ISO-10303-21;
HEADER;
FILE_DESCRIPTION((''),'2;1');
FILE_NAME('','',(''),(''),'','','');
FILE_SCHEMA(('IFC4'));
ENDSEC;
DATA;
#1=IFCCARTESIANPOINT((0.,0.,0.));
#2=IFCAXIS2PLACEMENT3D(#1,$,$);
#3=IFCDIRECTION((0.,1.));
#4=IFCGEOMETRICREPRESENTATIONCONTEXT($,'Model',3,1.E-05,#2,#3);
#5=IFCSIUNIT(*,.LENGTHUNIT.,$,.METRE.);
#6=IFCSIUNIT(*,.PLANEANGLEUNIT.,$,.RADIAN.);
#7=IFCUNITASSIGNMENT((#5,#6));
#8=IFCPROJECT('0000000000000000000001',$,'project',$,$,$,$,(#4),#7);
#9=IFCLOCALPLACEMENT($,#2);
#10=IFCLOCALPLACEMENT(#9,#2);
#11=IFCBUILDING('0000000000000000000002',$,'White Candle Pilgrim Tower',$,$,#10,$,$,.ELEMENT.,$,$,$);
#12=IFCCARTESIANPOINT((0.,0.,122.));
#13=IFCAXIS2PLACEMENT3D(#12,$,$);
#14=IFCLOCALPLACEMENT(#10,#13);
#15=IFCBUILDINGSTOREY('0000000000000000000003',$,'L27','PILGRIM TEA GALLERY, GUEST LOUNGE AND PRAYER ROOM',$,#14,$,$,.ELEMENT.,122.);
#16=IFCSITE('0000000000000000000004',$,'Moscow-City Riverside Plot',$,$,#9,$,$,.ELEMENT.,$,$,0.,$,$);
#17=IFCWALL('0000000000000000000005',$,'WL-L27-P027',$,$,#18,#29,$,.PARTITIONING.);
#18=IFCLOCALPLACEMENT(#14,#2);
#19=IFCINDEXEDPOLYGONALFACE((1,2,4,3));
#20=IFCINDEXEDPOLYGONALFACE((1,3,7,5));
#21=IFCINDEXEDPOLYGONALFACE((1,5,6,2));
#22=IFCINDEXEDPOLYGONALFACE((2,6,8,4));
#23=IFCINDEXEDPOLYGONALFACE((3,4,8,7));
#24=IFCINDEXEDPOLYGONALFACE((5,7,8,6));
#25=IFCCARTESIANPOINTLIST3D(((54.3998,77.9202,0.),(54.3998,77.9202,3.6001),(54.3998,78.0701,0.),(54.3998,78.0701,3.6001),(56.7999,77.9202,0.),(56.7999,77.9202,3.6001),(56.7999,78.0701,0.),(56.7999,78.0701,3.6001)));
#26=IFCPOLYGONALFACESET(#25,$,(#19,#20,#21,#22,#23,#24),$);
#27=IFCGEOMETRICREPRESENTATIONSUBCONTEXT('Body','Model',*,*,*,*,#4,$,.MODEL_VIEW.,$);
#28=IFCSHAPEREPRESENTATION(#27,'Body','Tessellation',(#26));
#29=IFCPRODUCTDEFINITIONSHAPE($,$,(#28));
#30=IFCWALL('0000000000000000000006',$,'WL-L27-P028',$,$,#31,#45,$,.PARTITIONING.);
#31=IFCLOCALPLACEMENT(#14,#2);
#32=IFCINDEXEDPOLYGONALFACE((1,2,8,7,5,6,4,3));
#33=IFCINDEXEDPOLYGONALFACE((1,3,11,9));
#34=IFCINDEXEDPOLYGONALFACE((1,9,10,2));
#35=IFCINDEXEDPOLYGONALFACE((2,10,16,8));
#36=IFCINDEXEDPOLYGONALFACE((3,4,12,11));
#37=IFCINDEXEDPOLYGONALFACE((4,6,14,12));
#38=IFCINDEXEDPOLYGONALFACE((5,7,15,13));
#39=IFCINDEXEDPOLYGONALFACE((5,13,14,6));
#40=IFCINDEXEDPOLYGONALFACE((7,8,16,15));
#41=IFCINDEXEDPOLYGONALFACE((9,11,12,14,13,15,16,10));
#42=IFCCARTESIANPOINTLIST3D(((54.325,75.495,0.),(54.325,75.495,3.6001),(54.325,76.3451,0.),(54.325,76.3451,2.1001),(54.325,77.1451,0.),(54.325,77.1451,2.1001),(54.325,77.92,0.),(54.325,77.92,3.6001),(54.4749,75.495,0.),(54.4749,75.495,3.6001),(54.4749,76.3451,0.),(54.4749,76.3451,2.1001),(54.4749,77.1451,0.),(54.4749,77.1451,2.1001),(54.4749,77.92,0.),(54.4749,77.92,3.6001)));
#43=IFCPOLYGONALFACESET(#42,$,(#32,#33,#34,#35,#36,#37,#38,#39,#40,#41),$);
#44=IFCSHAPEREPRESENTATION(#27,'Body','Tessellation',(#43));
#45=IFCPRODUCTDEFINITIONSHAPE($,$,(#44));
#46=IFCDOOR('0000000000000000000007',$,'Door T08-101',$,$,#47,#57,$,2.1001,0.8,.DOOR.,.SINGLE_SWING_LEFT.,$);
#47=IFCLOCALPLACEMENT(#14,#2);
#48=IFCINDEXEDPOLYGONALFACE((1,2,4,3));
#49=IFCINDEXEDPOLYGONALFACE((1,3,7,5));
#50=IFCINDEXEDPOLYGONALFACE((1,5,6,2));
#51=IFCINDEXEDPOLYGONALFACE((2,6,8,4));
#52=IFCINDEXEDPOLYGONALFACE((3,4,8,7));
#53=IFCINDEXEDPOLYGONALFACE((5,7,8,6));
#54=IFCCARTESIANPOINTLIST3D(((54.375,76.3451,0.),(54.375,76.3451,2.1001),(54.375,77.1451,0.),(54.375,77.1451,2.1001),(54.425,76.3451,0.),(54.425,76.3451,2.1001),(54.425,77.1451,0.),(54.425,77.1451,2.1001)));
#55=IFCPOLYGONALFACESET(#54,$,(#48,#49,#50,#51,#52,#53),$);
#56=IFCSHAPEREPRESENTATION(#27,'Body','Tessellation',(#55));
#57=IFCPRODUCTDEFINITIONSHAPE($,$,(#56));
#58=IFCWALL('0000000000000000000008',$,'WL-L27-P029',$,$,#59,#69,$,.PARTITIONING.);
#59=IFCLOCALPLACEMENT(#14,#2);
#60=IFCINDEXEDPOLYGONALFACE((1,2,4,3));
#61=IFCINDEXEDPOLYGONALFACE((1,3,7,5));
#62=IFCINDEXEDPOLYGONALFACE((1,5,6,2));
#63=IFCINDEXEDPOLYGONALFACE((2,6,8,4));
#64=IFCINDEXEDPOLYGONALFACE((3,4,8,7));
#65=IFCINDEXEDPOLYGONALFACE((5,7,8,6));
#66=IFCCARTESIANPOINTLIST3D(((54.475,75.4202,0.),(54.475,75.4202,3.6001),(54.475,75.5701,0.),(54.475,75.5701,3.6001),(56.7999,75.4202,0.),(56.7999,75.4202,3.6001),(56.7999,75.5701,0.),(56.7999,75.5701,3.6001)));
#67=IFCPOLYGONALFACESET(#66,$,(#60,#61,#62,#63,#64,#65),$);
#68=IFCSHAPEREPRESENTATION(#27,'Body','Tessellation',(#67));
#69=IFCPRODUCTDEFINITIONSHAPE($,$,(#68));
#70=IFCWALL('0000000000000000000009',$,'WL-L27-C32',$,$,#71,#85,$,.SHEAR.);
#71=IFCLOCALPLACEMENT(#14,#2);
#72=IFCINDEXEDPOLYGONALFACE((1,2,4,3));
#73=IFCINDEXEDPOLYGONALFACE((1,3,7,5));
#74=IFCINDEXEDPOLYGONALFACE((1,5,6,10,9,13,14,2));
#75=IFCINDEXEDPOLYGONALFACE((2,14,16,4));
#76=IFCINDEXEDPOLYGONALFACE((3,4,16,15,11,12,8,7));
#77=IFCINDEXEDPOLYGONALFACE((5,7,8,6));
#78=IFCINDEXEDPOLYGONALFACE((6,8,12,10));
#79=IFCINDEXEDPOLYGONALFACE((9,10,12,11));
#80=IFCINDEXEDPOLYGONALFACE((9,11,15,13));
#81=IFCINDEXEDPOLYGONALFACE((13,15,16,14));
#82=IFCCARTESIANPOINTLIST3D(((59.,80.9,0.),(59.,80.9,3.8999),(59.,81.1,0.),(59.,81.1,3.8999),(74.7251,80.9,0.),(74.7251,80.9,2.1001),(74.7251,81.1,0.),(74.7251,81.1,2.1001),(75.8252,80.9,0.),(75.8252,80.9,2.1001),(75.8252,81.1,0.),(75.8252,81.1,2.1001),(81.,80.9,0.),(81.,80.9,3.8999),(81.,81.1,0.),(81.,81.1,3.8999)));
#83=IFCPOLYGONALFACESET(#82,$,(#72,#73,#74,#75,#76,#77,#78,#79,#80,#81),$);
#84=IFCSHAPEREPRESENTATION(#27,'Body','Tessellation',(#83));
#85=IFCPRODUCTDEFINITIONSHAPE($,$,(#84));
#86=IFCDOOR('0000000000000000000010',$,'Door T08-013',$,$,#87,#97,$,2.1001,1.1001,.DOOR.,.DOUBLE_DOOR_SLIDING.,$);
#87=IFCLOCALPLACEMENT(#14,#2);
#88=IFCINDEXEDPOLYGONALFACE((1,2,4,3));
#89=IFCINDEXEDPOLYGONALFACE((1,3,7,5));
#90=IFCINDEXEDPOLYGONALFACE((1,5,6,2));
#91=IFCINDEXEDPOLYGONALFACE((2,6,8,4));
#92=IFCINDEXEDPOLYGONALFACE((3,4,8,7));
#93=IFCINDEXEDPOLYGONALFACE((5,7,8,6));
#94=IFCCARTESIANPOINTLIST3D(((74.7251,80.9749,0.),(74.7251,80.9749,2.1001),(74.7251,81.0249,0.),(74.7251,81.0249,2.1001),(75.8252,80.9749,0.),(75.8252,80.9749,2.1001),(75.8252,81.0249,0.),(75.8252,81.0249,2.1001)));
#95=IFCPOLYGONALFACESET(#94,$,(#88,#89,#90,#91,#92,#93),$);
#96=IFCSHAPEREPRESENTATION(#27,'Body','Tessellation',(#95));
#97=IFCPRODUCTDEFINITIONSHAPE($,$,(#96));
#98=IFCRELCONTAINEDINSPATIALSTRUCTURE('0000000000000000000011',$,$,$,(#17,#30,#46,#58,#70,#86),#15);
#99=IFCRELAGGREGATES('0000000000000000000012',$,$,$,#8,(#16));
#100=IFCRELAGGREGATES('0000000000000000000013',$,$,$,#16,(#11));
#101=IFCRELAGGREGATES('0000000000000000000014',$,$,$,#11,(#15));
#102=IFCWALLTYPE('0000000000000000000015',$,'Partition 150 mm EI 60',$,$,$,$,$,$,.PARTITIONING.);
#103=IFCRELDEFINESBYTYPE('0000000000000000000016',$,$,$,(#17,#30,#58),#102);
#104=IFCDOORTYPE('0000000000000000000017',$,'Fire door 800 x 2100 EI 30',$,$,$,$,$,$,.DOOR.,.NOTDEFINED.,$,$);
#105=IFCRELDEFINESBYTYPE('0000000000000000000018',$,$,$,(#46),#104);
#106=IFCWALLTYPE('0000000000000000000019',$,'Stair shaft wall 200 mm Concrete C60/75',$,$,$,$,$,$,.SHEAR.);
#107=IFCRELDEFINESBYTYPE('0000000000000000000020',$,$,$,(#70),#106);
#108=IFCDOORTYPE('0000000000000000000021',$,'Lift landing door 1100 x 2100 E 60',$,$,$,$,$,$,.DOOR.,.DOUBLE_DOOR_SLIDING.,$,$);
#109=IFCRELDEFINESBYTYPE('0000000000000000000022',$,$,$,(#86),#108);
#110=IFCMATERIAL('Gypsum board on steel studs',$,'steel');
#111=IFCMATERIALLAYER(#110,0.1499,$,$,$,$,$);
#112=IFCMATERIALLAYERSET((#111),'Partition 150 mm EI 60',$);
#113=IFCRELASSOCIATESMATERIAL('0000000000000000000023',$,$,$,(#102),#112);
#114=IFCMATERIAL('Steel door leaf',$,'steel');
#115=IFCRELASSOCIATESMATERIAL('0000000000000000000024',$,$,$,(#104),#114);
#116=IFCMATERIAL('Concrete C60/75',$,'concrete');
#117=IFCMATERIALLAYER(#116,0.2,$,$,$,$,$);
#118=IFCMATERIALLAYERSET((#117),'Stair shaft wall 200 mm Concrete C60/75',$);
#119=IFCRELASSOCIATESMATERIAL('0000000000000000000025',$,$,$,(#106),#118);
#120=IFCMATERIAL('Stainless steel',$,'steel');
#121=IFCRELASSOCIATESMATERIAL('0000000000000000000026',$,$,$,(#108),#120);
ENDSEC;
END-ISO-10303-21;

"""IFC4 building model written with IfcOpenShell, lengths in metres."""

from ifc_helpers import new_model, si_unit, direction, frame, frame_2d, origin, place, context, subcontext, project, spatial, rectangle, extrude, material, layer, layer_set, type_object, element, fill, save


model = new_model("IFC4")

# Units and contexts
model_context = context("Model", 3, precision=1e-05, world=origin(), true_north=direction((0.0, 1.0)))
body_context = subcontext(model_context, "Body", "Model", "MODEL_VIEW")
ifc_project = project(units=[si_unit("LENGTHUNIT", "METRE"), si_unit("PLANEANGLEUNIT", "RADIAN")], contexts=[model_context])

# Site, building, storey
site_placement = place(None, origin())
site = spatial("IfcSite", under=ifc_project, at=site_placement, Name="Moscow-City Riverside Plot", CompositionType="ELEMENT", RefElevation=0.0)
building_placement = place(site_placement, origin())
building = spatial("IfcBuilding", under=site, at=building_placement, Name="White Candle Pilgrim Tower", CompositionType="ELEMENT")
storey_placement = place(building_placement, frame((0.0, 0.0, 122.0)))
storey = spatial("IfcBuildingStorey", under=building, at=storey_placement, Name="L27", Description="PILGRIM TEA GALLERY, GUEST LOUNGE AND PRAYER ROOM", CompositionType="ELEMENT", Elevation=122.0)

# Shared definitions
ifc_material_1 = material(Name="Concrete C60/75", Category="concrete")

# Wall
ifc_material_2 = material(Name="Gypsum board on steel studs", Category="steel")
ifc_layer_1 = layer(ifc_material_2, 0.1499)
ifc_layer_set_1 = layer_set([ifc_layer_1], Name="Partition 150 mm EI 60")
wall_type_1 = type_object("IfcWallType", Name="Partition 150 mm EI 60", PredefinedType="PARTITIONING", material=ifc_layer_set_1)
wall_1_placement = place(storey_placement, frame((56.8, 77.9951, 0.0), z_axis=(0.0, 0.0, 1.0), x_axis=(-1.0, 0.0, 0.0)))
element("IfcWall", 1, at=wall_1_placement, inside=storey, type_object=wall_type_1, Name="WL-L27-P027", PredefinedType="PARTITIONING", context=body_context, shape_type="SweptSolid", body=[
    extrude(rectangle(XDim=2.4001, YDim=0.1499, at=frame_2d((1.2002, 0.0))), origin(), (0.0, 0.0, 1.0), 3.6001),
])

# Wall, opening, door
wall_2_placement = place(storey_placement, frame((54.3999, 75.4951, 0.0), z_axis=(0.0, 0.0, 1.0), x_axis=(0.0, 1.0, 0.0)))
wall_2 = element("IfcWall", 2, at=wall_2_placement, inside=storey, type_object=wall_type_1, Name="WL-L27-P028", PredefinedType="PARTITIONING", context=body_context, shape_type="SweptSolid", body=[
    extrude(rectangle(XDim=2.425, YDim=0.1499, at=frame_2d((1.2124, 0.0))), origin(), (0.0, 0.0, 1.0), 3.6001),
])
opening_1_placement = place(wall_2_placement, frame((0.8501, 0.0, 0.0)))
opening_1 = element("IfcOpeningElement", 3, at=opening_1_placement, cuts=wall_2, PredefinedType="OPENING", context=body_context, shape_type="SweptSolid", body=[
    extrude(rectangle(XDim=0.8, YDim=2.1001, at=frame_2d((0.3999, 1.05))), frame((0.0, 0.085, 0.0), z_axis=(0.0, -1.0, 0.0), x_axis=(1.0, 0.0, 0.0)), (0.0, 0.0, 1.0), 0.1699),
])
ifc_material_3 = material(Name="Steel door leaf", Category="steel")
door_type_1 = type_object("IfcDoorType", Name="Fire door 800 x 2100 EI 30", OperationType="NOTDEFINED", PredefinedType="DOOR", material=ifc_material_3)
door_1_placement = place(opening_1_placement, origin())
door_1 = element("IfcDoor", 4, at=door_1_placement, inside=storey, type_object=door_type_1, Name="Door T08-101", OperationType="SINGLE_SWING_LEFT", OverallHeight=2.1001, OverallWidth=0.8, PredefinedType="DOOR", context=body_context, shape_type="SweptSolid", body=[
    extrude(rectangle(XDim=0.8, YDim=2.1001, at=frame_2d((0.3999, 1.05))), frame((0.0, 0.0249, 0.0), z_axis=(0.0, -1.0, 0.0), x_axis=(1.0, 0.0, 0.0)), (0.0, 0.0, 1.0), 0.05),
])
fill(opening_1, door_1)

# Wall
wall_3_placement = place(storey_placement, frame((56.8, 75.4951, 0.0), z_axis=(0.0, 0.0, 1.0), x_axis=(-1.0, 0.0, 0.0)))
element("IfcWall", 5, at=wall_3_placement, inside=storey, type_object=wall_type_1, Name="WL-L27-P029", PredefinedType="PARTITIONING", context=body_context, shape_type="SweptSolid", body=[
    extrude(rectangle(XDim=2.325, YDim=0.1499, at=frame_2d((1.1626, 0.0))), origin(), (0.0, 0.0, 1.0), 3.6001),
])

# Wall, opening, door
ifc_layer_2 = layer(ifc_material_1, 0.2)
ifc_layer_set_2 = layer_set([ifc_layer_2], Name="Stair shaft wall 200 mm Concrete C60/75")
wall_type_2 = type_object("IfcWallType", Name="Stair shaft wall 200 mm Concrete C60/75", PredefinedType="SHEAR", material=ifc_layer_set_2)
wall_4_placement = place(storey_placement, frame((59.0, 81.0, 0.0), z_axis=(0.0, 0.0, 1.0), x_axis=(1.0, 0.0, 0.0)))
wall_4 = element("IfcWall", 6, at=wall_4_placement, inside=storey, type_object=wall_type_2, Name="WL-L27-C32", PredefinedType="SHEAR", context=body_context, shape_type="SweptSolid", body=[
    extrude(rectangle(XDim=22.0, YDim=0.2, at=frame_2d((11.0, 0.0))), origin(), (0.0, 0.0, 1.0), 3.8999),
])
opening_2_placement = place(wall_4_placement, frame((15.7251, 0.0, 0.0)))
opening_2 = element("IfcOpeningElement", 7, at=opening_2_placement, cuts=wall_4, PredefinedType="OPENING", context=body_context, shape_type="SweptSolid", body=[
    extrude(rectangle(XDim=1.1001, YDim=2.1001, at=frame_2d((0.55, 1.05))), frame((0.0, 0.1099, 0.0), z_axis=(0.0, -1.0, 0.0), x_axis=(1.0, 0.0, 0.0)), (0.0, 0.0, 1.0), 0.22),
])
ifc_material_4 = material(Name="Stainless steel", Category="steel")
door_type_2 = type_object("IfcDoorType", Name="Lift landing door 1100 x 2100 E 60", OperationType="DOUBLE_DOOR_SLIDING", PredefinedType="DOOR", material=ifc_material_4)
door_2_placement = place(opening_2_placement, origin())
door_2 = element("IfcDoor", 8, at=door_2_placement, inside=storey, type_object=door_type_2, Name="Door T08-013", OperationType="DOUBLE_DOOR_SLIDING", OverallHeight=2.1001, OverallWidth=1.1001, PredefinedType="DOOR", context=body_context, shape_type="SweptSolid", body=[
    extrude(rectangle(XDim=1.1001, YDim=2.1001, at=frame_2d((0.55, 1.05))), frame((0.0, 0.0249, 0.0), z_axis=(0.0, -1.0, 0.0), x_axis=(1.0, 0.0, 0.0)), (0.0, 0.0, 1.0), 0.05),
])
fill(opening_2, door_2)

save(model, "model.ifc")
